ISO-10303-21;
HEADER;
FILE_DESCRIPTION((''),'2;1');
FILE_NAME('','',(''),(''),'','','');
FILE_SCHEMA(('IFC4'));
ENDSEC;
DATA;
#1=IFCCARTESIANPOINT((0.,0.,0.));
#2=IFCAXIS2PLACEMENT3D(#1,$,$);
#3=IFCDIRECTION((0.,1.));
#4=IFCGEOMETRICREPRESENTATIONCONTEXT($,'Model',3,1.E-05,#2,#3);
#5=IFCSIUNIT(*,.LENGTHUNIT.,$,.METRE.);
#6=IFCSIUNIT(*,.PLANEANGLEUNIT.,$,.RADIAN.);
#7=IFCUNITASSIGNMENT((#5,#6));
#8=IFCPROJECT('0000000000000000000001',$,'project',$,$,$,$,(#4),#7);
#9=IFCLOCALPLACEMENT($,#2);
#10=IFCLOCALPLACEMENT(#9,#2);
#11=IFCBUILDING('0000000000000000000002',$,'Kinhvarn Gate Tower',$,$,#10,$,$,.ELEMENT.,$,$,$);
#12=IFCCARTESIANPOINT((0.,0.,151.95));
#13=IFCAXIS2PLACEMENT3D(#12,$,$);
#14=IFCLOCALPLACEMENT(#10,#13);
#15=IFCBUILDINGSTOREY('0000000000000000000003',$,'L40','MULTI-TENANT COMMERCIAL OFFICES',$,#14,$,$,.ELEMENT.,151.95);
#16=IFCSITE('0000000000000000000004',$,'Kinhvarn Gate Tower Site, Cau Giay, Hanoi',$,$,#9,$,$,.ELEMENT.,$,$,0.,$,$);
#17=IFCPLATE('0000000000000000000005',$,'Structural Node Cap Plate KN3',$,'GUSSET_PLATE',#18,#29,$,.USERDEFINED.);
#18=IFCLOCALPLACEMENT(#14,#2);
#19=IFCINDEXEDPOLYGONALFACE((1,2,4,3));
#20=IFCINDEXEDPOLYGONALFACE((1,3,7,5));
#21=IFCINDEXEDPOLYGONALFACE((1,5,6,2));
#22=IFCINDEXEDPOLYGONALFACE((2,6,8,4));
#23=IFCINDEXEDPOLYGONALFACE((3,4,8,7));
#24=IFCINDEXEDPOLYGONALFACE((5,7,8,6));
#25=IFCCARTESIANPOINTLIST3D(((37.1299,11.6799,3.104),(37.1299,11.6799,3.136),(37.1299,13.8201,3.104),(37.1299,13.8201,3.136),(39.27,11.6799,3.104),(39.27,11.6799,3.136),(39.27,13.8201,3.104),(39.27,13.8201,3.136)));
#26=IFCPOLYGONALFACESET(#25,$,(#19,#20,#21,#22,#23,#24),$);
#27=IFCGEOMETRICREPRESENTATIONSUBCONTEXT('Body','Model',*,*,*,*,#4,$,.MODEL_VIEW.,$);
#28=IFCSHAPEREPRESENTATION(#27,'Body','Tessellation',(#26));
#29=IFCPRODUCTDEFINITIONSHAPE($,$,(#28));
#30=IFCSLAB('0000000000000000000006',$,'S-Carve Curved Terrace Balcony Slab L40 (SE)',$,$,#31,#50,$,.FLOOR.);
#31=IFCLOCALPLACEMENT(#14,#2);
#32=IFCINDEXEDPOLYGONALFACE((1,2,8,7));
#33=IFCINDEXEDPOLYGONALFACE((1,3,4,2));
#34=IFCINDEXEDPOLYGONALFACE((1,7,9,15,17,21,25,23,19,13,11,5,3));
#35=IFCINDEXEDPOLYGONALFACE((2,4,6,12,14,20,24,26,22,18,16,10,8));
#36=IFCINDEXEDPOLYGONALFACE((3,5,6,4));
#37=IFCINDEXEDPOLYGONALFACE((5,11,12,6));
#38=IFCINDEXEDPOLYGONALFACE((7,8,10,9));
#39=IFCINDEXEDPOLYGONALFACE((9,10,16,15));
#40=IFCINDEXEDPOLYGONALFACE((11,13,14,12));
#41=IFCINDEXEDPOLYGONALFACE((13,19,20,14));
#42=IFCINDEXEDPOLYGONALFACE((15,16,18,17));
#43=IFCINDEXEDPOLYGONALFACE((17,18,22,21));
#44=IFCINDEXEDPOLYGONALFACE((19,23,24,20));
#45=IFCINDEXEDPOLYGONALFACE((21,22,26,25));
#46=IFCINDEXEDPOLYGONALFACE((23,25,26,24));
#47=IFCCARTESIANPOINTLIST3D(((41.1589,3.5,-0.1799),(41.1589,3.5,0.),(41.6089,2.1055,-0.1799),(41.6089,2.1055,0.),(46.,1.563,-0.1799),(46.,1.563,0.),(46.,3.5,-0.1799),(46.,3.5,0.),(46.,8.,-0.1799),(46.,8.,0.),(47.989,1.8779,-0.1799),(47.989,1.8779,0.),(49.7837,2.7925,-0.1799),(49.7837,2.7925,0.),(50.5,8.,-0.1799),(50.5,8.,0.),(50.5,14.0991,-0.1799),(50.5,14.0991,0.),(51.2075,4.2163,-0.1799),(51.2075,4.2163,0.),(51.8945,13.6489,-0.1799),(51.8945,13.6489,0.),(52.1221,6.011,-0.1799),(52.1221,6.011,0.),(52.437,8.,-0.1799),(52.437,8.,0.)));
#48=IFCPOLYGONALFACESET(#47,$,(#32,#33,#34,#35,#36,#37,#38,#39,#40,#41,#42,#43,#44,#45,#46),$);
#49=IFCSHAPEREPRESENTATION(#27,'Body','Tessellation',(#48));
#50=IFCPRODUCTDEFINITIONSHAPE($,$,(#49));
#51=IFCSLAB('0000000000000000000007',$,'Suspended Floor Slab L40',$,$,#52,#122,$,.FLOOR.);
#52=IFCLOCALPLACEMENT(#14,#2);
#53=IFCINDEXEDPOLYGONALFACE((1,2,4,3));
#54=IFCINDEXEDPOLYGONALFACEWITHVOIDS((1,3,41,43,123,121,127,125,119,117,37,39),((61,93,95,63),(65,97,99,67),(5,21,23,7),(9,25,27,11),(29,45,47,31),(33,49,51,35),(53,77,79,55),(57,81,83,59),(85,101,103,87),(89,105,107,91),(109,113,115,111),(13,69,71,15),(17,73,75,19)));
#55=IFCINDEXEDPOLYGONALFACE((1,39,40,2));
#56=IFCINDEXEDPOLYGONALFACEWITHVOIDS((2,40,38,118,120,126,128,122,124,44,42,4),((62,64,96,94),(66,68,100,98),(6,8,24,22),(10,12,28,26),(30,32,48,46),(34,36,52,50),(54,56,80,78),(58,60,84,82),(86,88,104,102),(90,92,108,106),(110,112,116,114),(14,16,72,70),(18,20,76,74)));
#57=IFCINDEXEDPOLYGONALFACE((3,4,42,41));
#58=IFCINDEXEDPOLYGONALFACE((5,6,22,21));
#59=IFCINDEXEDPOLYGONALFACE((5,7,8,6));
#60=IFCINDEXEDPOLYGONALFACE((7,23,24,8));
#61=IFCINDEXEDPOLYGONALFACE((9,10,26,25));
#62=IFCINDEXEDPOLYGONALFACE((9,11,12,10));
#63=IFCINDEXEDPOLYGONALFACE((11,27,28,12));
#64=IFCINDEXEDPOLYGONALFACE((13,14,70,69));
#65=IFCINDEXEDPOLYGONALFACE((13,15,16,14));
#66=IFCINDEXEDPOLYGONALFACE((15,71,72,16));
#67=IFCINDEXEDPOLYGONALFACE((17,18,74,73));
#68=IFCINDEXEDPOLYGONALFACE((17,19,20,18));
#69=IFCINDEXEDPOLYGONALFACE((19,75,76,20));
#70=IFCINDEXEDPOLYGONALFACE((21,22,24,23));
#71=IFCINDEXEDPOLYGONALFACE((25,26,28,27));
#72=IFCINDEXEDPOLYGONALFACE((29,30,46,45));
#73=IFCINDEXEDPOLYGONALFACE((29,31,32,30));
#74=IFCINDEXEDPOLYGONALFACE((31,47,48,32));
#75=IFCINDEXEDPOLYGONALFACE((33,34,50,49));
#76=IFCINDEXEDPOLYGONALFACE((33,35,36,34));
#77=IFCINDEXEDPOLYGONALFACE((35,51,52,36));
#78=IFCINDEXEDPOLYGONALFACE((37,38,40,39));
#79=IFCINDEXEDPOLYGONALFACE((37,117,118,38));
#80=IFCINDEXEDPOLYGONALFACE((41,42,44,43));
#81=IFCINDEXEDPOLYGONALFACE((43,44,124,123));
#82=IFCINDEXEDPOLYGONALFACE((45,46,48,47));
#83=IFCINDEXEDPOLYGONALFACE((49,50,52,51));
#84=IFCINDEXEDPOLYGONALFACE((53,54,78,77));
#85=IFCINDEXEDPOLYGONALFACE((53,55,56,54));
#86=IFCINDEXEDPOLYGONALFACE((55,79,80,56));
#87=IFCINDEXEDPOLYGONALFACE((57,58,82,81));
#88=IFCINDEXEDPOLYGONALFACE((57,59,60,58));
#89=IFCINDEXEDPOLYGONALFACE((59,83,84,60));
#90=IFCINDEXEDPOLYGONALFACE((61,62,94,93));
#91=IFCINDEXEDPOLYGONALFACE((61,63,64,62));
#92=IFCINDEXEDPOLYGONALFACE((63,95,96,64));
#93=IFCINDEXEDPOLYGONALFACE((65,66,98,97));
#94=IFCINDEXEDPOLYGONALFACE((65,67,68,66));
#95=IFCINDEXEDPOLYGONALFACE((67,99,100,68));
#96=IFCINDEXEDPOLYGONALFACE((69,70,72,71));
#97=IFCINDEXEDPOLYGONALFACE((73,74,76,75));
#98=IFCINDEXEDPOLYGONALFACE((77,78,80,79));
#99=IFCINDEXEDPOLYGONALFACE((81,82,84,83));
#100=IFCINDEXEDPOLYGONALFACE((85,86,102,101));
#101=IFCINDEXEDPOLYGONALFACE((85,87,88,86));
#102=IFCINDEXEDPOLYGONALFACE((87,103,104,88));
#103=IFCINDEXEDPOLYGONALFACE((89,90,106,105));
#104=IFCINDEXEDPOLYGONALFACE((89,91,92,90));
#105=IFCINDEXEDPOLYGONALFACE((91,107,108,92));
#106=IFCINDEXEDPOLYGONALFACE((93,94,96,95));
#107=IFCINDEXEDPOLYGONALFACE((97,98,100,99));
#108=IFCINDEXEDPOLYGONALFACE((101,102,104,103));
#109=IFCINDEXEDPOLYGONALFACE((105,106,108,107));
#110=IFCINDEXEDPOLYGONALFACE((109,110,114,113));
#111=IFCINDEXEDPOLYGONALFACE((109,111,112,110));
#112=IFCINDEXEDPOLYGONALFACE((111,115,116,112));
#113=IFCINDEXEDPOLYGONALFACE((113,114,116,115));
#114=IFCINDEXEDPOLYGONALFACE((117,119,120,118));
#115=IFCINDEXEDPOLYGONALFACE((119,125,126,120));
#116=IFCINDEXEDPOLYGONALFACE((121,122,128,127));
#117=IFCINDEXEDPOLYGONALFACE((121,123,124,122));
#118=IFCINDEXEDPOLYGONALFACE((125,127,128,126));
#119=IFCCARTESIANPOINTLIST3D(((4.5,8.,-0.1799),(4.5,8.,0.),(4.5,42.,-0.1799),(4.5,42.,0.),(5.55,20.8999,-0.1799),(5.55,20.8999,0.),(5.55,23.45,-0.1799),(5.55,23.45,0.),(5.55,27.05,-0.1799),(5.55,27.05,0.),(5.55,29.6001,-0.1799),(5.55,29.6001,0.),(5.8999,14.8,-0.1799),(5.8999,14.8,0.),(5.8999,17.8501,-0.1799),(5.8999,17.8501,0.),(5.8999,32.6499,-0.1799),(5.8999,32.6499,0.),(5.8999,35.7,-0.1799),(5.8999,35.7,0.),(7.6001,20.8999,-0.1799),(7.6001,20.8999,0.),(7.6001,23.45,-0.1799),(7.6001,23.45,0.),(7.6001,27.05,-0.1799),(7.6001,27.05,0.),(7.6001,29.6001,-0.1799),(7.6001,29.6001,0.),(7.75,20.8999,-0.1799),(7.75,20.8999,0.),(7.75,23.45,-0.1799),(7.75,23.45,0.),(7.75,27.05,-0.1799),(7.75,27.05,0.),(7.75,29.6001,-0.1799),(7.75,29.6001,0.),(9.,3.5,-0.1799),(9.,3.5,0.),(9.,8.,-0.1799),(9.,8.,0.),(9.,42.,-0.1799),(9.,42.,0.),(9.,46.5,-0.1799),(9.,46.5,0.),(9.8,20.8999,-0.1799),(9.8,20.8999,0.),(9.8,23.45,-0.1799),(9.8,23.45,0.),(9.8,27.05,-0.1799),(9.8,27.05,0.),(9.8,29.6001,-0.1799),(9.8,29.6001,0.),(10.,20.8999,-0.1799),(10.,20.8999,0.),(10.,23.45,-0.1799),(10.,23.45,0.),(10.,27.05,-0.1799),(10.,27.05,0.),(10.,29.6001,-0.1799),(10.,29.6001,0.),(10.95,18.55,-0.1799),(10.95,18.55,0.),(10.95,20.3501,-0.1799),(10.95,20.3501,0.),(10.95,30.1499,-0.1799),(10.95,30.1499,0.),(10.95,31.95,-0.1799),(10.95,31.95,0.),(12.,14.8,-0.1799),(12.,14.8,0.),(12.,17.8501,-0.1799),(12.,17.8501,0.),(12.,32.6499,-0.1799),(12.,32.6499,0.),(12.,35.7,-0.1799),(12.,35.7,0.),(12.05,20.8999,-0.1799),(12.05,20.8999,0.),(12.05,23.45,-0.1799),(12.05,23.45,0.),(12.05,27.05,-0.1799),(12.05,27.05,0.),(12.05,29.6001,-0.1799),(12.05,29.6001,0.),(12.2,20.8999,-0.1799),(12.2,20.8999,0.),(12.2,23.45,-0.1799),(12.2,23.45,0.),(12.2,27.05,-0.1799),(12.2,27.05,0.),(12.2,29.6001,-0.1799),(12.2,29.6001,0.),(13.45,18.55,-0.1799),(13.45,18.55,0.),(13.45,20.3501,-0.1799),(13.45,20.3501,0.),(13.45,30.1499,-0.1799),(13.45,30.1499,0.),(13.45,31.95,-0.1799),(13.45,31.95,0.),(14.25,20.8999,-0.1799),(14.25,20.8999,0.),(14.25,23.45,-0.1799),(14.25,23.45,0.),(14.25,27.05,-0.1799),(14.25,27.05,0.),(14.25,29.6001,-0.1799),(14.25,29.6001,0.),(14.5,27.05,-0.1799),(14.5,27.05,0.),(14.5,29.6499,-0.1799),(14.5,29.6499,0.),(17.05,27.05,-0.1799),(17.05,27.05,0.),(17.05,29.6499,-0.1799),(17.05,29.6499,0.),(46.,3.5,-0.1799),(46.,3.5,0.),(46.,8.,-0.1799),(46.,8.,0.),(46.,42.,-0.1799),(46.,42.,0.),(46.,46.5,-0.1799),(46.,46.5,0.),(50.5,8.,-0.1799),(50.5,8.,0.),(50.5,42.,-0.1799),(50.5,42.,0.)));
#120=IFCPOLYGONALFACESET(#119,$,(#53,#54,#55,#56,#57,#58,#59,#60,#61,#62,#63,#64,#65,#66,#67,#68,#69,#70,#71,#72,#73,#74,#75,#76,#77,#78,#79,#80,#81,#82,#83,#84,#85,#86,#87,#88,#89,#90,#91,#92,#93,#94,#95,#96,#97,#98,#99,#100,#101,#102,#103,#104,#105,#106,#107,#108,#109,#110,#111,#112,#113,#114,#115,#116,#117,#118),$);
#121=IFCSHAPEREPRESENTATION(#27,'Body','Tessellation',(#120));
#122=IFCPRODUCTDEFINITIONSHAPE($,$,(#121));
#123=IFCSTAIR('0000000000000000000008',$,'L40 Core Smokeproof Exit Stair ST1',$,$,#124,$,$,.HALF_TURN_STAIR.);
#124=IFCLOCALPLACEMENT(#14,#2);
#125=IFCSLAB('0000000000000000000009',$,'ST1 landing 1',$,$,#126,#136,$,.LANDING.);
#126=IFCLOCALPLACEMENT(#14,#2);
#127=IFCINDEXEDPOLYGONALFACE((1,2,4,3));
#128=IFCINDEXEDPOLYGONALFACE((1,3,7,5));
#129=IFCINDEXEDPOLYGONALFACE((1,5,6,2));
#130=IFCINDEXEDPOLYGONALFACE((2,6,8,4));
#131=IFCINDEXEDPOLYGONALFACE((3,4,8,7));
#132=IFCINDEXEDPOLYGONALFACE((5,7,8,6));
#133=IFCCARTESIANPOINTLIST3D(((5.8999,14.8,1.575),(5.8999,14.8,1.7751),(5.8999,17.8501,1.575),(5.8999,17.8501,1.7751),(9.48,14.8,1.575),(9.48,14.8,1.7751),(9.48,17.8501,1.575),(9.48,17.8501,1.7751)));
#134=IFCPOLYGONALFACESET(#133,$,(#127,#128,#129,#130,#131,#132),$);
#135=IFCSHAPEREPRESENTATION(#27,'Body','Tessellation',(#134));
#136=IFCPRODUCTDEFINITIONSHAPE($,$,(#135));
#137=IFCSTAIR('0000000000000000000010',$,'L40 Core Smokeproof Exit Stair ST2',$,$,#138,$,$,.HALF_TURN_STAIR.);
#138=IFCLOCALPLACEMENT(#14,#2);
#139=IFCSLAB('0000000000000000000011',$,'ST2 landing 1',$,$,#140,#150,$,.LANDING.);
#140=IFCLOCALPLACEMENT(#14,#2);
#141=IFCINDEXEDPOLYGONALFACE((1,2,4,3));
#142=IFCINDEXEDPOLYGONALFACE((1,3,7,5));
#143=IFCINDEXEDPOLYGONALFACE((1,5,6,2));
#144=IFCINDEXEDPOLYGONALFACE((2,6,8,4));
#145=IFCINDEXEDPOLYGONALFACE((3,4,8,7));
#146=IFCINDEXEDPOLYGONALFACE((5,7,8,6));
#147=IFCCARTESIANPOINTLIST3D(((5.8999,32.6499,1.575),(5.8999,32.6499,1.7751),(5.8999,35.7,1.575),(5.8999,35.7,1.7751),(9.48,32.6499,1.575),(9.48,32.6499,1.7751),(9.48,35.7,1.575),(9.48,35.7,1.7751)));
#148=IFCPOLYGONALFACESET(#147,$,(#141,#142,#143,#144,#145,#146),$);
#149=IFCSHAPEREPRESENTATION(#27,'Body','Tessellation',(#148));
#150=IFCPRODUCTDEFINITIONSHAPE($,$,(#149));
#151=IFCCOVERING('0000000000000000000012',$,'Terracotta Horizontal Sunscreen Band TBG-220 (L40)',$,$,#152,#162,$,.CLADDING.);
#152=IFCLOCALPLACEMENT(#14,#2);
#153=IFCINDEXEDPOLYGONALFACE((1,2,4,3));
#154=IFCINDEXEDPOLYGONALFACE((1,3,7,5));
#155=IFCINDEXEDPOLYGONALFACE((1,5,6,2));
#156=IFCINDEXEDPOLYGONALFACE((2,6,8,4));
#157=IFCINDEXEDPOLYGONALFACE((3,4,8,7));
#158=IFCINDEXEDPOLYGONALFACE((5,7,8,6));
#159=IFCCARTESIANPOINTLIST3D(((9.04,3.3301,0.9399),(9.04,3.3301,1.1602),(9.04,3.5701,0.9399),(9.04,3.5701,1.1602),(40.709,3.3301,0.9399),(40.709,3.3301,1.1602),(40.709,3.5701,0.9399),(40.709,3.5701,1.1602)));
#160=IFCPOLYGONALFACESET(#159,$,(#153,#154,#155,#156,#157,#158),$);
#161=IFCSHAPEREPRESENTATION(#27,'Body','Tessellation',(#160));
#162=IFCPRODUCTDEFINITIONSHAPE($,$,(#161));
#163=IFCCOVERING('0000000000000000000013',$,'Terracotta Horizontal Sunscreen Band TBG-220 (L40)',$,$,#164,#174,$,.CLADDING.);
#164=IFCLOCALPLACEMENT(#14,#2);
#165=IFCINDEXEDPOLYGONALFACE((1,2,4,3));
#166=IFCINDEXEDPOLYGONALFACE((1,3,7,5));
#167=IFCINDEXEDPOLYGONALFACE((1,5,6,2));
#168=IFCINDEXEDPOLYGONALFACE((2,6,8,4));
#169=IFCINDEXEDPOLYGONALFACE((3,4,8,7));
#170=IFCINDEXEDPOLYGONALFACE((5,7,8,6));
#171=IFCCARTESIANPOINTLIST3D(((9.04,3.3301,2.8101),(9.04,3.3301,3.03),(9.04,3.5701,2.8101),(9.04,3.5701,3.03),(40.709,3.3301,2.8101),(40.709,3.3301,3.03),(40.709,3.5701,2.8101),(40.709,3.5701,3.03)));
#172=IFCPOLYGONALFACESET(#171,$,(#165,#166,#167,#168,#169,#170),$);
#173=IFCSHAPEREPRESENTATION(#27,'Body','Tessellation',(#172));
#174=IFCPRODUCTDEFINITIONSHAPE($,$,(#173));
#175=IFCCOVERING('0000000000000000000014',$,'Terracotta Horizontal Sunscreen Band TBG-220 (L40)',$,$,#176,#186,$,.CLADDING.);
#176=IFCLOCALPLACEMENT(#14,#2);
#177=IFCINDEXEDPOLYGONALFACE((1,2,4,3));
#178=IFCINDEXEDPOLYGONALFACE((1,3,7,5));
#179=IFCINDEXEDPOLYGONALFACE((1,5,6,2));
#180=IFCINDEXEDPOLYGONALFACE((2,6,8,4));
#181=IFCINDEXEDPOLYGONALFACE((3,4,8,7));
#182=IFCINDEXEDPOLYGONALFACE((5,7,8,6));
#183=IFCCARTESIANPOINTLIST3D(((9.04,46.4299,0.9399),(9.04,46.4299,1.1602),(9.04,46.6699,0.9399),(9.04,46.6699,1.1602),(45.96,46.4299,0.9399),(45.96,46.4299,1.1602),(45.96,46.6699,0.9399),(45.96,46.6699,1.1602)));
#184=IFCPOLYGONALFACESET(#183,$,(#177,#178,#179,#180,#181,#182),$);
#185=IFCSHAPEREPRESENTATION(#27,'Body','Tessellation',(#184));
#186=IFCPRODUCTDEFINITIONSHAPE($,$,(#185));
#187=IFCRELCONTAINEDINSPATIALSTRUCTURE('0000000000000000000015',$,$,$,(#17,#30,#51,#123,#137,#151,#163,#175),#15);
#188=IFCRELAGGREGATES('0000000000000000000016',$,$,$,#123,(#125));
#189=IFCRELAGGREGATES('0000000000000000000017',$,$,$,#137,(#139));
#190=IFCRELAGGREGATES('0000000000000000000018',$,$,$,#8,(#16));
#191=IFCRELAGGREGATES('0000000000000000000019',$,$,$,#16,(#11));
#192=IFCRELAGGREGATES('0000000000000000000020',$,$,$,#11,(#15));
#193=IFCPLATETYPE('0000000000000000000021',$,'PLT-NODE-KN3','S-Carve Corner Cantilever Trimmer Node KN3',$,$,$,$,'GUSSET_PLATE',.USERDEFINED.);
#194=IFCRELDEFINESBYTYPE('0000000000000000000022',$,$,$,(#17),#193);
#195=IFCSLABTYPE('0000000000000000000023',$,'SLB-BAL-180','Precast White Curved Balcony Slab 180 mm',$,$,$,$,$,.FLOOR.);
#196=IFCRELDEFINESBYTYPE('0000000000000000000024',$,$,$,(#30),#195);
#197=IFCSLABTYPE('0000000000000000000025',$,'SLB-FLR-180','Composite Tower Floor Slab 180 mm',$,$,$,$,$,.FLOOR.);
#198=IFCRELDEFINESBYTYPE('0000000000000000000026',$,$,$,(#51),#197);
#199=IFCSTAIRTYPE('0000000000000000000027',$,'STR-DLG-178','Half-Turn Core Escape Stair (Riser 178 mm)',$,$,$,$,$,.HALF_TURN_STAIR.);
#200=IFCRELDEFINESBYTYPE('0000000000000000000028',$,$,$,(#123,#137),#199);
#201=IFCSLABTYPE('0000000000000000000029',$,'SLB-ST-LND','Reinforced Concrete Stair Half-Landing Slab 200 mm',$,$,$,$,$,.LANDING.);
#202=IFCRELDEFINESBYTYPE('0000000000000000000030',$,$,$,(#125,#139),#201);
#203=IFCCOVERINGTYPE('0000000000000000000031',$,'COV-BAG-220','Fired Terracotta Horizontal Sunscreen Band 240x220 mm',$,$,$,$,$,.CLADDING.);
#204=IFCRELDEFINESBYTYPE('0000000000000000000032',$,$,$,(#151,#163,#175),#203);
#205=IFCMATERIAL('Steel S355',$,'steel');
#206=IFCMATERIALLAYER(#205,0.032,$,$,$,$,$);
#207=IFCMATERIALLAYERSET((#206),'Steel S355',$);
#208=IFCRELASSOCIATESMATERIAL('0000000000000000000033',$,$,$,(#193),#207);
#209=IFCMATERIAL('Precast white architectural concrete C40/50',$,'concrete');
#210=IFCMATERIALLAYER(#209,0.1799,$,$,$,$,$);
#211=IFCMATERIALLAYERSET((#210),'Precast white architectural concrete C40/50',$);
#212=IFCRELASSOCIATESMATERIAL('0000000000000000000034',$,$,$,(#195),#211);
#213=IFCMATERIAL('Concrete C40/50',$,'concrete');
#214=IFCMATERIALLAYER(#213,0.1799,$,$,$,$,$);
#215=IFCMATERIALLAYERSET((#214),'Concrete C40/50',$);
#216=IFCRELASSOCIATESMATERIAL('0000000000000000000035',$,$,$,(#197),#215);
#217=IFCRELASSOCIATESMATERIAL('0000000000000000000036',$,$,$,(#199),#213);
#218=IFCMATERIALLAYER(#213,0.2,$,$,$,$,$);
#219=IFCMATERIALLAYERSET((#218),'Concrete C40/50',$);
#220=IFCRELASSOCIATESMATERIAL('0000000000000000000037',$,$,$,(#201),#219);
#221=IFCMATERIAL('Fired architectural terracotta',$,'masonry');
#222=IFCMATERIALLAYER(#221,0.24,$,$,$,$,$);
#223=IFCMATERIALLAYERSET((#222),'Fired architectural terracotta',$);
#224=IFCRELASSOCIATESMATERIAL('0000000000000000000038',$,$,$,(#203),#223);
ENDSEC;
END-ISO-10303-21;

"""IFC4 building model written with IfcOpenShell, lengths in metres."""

from ifc_helpers import new_model, si_unit, direction, frame, origin, place, context, subcontext, project, spatial, polyline, outline, extrude, material, layer, layer_set, type_object, element, aggregate, save


model = new_model("IFC4")

# Units and contexts
model_context = context("Model", 3, precision=1e-05, world=origin(), true_north=direction((0.0, 1.0)))
body_context = subcontext(model_context, "Body", "Model", "MODEL_VIEW")
ifc_project = project(units=[si_unit("LENGTHUNIT", "METRE"), si_unit("PLANEANGLEUNIT", "RADIAN")], contexts=[model_context])

# Site, building, storey
site_placement = place(None, origin())
site = spatial("IfcSite", under=ifc_project, at=site_placement, Name="Kinhvarn Gate Tower Site, Cau Giay, Hanoi", CompositionType="ELEMENT", RefElevation=0.0)
building_placement = place(site_placement, origin())
building = spatial("IfcBuilding", under=site, at=building_placement, Name="Kinhvarn Gate Tower", CompositionType="ELEMENT")
storey_placement = place(building_placement, frame((0.0, 0.0, 151.95)))
storey = spatial("IfcBuildingStorey", under=building, at=storey_placement, Name="L40", Description="MULTI-TENANT COMMERCIAL OFFICES", CompositionType="ELEMENT", Elevation=151.95)

# Plate
ifc_material_1 = material(Name="Steel S355", Category="steel")
ifc_layer_1 = layer(ifc_material_1, 0.032)
ifc_layer_set_1 = layer_set([ifc_layer_1], Name="Steel S355")
plate_type = type_object("IfcPlateType", Name="PLT-NODE-KN3", Description="S-Carve Corner Cantilever Trimmer Node KN3", ElementType="GUSSET_PLATE", PredefinedType="USERDEFINED", material=ifc_layer_set_1)
plate_placement = place(storey_placement, frame((0.0, 0.0, 3.104)))
element("IfcPlate", 1, at=plate_placement, inside=storey, type_object=plate_type, Name="Structural Node Cap Plate KN3", ObjectType="GUSSET_PLATE", PredefinedType="USERDEFINED", context=body_context, shape_type="SweptSolid", body=[
    extrude(outline(polyline([(37.1299, 11.6799), (39.27, 11.6799), (39.27, 13.8201), (37.1299, 13.8201), (37.1299, 11.6799)])), origin(), (0.0, 0.0, 1.0), 0.032),
])

# Slabs
ifc_material_2 = material(Name="Precast white architectural concrete C40/50", Category="concrete")
ifc_layer_2 = layer(ifc_material_2, 0.1799)
ifc_layer_set_2 = layer_set([ifc_layer_2], Name="Precast white architectural concrete C40/50")
slab_type_1 = type_object("IfcSlabType", Name="SLB-BAL-180", Description="Precast White Curved Balcony Slab 180 mm", PredefinedType="FLOOR", material=ifc_layer_set_2)
slab_1_placement = place(storey_placement, frame((0.0, 0.0, -0.1799)))
element("IfcSlab", 2, at=slab_1_placement, inside=storey, type_object=slab_type_1, Name="S-Carve Curved Terrace Balcony Slab L40 (SE)", PredefinedType="FLOOR", context=body_context, shape_type="SweptSolid", body=[
    extrude(outline(polyline([(41.1589, 3.5), (41.6089, 2.1055), (46.0, 1.563), (47.989, 1.8779), (49.7837, 2.7925), (51.2075, 4.2163), (52.1221, 6.011), (52.437, 8.0), (51.8945, 13.6489), (50.5, 14.0991), (50.5, 8.0), (46.0, 8.0), (46.0, 3.5), (41.1589, 3.5)])), origin(), (0.0, 0.0, 1.0), 0.1799),
])
ifc_material_3 = material(Name="Concrete C40/50", Category="concrete")
ifc_layer_3 = layer(ifc_material_3, 0.1799)
ifc_layer_set_3 = layer_set([ifc_layer_3], Name="Concrete C40/50")
slab_type_2 = type_object("IfcSlabType", Name="SLB-FLR-180", Description="Composite Tower Floor Slab 180 mm", PredefinedType="FLOOR", material=ifc_layer_set_3)
slab_2_placement = place(storey_placement, frame((0.0, 0.0, -0.1799)))
element("IfcSlab", 3, at=slab_2_placement, inside=storey, type_object=slab_type_2, Name="Suspended Floor Slab L40", PredefinedType="FLOOR", context=body_context, shape_type="SweptSolid", body=[
    extrude(outline(polyline([(9.0, 3.5), (46.0, 3.5), (46.0, 8.0), (50.5, 8.0), (50.5, 42.0), (46.0, 42.0), (46.0, 46.5), (9.0, 46.5), (9.0, 42.0), (4.5, 42.0), (4.5, 8.0), (9.0, 8.0), (9.0, 3.5)]), holes=[polyline([(5.8999, 14.8), (12.0, 14.8), (12.0, 17.8501), (5.8999, 17.8501), (5.8999, 14.8)]), polyline([(5.8999, 32.6499), (12.0, 32.6499), (12.0, 35.7), (5.8999, 35.7), (5.8999, 32.6499)]), polyline([(5.55, 20.8999), (7.6001, 20.8999), (7.6001, 23.45), (5.55, 23.45), (5.55, 20.8999)]), polyline([(7.75, 20.8999), (9.8, 20.8999), (9.8, 23.45), (7.75, 23.45), (7.75, 20.8999)]), polyline([(5.55, 27.05), (7.6001, 27.05), (7.6001, 29.6001), (5.55, 29.6001), (5.55, 27.05)]), polyline([(7.75, 27.05), (9.8, 27.05), (9.8, 29.6001), (7.75, 29.6001), (7.75, 27.05)]), polyline([(10.0, 20.8999), (12.05, 20.8999), (12.05, 23.45), (10.0, 23.45), (10.0, 20.8999)]), polyline([(12.2, 20.8999), (14.25, 20.8999), (14.25, 23.45), (12.2, 23.45), (12.2, 20.8999)]), polyline([(10.0, 27.05), (12.05, 27.05), (12.05, 29.6001), (10.0, 29.6001), (10.0, 27.05)]), polyline([(12.2, 27.05), (14.25, 27.05), (14.25, 29.6001), (12.2, 29.6001), (12.2, 27.05)]), polyline([(14.5, 27.05), (17.05, 27.05), (17.05, 29.6499), (14.5, 29.6499), (14.5, 27.05)]), polyline([(10.95, 18.55), (13.45, 18.55), (13.45, 20.3501), (10.95, 20.3501), (10.95, 18.55)]), polyline([(10.95, 30.1499), (13.45, 30.1499), (13.45, 31.95), (10.95, 31.95), (10.95, 30.1499)])]), origin(), (0.0, 0.0, 1.0), 0.1799),
])

# Stairs, slabs
stair_type = type_object("IfcStairType", Name="STR-DLG-178", Description="Half-Turn Core Escape Stair (Riser 178 mm)", PredefinedType="HALF_TURN_STAIR", material=ifc_material_3)
stair_1_placement = place(storey_placement, origin())
stair_1 = element("IfcStair", 4, at=stair_1_placement, inside=storey, type_object=stair_type, Name="L40 Core Smokeproof Exit Stair ST1", PredefinedType="HALF_TURN_STAIR")
ifc_layer_4 = layer(ifc_material_3, 0.2)
ifc_layer_set_4 = layer_set([ifc_layer_4], Name="Concrete C40/50")
slab_type_3 = type_object("IfcSlabType", Name="SLB-ST-LND", Description="Reinforced Concrete Stair Half-Landing Slab 200 mm", PredefinedType="LANDING", material=ifc_layer_set_4)
slab_3_placement = place(storey_placement, frame((0.0, 0.0, 1.575)))
slab_3 = element("IfcSlab", 5, at=slab_3_placement, type_object=slab_type_3, Name="ST1 landing 1", PredefinedType="LANDING", context=body_context, shape_type="SweptSolid", body=[
    extrude(outline(polyline([(9.48, 17.8501), (5.8999, 17.8501), (5.8999, 14.8), (9.48, 14.8), (9.48, 17.8501)])), origin(), (0.0, 0.0, 1.0), 0.2002),
])
aggregate(stair_1, [slab_3])
stair_2_placement = place(storey_placement, origin())
stair_2 = element("IfcStair", 6, at=stair_2_placement, inside=storey, type_object=stair_type, Name="L40 Core Smokeproof Exit Stair ST2", PredefinedType="HALF_TURN_STAIR")
slab_4_placement = place(storey_placement, frame((0.0, 0.0, 1.575)))
slab_4 = element("IfcSlab", 7, at=slab_4_placement, type_object=slab_type_3, Name="ST2 landing 1", PredefinedType="LANDING", context=body_context, shape_type="SweptSolid", body=[
    extrude(outline(polyline([(9.48, 35.7), (5.8999, 35.7), (5.8999, 32.6499), (9.48, 32.6499), (9.48, 35.7)])), origin(), (0.0, 0.0, 1.0), 0.2002),
])
aggregate(stair_2, [slab_4])

# Coverings
ifc_material_4 = material(Name="Fired architectural terracotta", Category="masonry")
ifc_layer_5 = layer(ifc_material_4, 0.24)
ifc_layer_set_5 = layer_set([ifc_layer_5], Name="Fired architectural terracotta")
covering_type_1 = type_object("IfcCoveringType", Name="COV-BAG-220", Description="Fired Terracotta Horizontal Sunscreen Band 240x220 mm", PredefinedType="CLADDING", material=ifc_layer_set_5)
covering_1_placement = place(storey_placement, frame((0.0, 0.0, 0.9399)))
element("IfcCovering", 8, at=covering_1_placement, inside=storey, type_object=covering_type_1, Name="Terracotta Horizontal Sunscreen Band TBG-220 (L40)", PredefinedType="CLADDING", context=body_context, shape_type="SweptSolid", body=[
    extrude(outline(polyline([(9.04, 3.5701), (40.709, 3.5701), (40.709, 3.3301), (9.04, 3.3301), (9.04, 3.5701)])), origin(), (0.0, 0.0, 1.0), 0.2202),
])
covering_2_placement = place(storey_placement, frame((0.0, 0.0, 2.8101)))
element("IfcCovering", 9, at=covering_2_placement, inside=storey, type_object=covering_type_1, Name="Terracotta Horizontal Sunscreen Band TBG-220 (L40)", PredefinedType="CLADDING", context=body_context, shape_type="SweptSolid", body=[
    extrude(outline(polyline([(9.04, 3.5701), (40.709, 3.5701), (40.709, 3.3301), (9.04, 3.3301), (9.04, 3.5701)])), origin(), (0.0, 0.0, 1.0), 0.22),
])
covering_3_placement = place(storey_placement, frame((0.0, 0.0, 0.9399)))
element("IfcCovering", 10, at=covering_3_placement, inside=storey, type_object=covering_type_1, Name="Terracotta Horizontal Sunscreen Band TBG-220 (L40)", PredefinedType="CLADDING", context=body_context, shape_type="SweptSolid", body=[
    extrude(outline(polyline([(45.96, 46.4299), (9.04, 46.4299), (9.04, 46.6699), (45.96, 46.6699), (45.96, 46.4299)])), origin(), (0.0, 0.0, 1.0), 0.2202),
])

save(model, "model.ifc")
